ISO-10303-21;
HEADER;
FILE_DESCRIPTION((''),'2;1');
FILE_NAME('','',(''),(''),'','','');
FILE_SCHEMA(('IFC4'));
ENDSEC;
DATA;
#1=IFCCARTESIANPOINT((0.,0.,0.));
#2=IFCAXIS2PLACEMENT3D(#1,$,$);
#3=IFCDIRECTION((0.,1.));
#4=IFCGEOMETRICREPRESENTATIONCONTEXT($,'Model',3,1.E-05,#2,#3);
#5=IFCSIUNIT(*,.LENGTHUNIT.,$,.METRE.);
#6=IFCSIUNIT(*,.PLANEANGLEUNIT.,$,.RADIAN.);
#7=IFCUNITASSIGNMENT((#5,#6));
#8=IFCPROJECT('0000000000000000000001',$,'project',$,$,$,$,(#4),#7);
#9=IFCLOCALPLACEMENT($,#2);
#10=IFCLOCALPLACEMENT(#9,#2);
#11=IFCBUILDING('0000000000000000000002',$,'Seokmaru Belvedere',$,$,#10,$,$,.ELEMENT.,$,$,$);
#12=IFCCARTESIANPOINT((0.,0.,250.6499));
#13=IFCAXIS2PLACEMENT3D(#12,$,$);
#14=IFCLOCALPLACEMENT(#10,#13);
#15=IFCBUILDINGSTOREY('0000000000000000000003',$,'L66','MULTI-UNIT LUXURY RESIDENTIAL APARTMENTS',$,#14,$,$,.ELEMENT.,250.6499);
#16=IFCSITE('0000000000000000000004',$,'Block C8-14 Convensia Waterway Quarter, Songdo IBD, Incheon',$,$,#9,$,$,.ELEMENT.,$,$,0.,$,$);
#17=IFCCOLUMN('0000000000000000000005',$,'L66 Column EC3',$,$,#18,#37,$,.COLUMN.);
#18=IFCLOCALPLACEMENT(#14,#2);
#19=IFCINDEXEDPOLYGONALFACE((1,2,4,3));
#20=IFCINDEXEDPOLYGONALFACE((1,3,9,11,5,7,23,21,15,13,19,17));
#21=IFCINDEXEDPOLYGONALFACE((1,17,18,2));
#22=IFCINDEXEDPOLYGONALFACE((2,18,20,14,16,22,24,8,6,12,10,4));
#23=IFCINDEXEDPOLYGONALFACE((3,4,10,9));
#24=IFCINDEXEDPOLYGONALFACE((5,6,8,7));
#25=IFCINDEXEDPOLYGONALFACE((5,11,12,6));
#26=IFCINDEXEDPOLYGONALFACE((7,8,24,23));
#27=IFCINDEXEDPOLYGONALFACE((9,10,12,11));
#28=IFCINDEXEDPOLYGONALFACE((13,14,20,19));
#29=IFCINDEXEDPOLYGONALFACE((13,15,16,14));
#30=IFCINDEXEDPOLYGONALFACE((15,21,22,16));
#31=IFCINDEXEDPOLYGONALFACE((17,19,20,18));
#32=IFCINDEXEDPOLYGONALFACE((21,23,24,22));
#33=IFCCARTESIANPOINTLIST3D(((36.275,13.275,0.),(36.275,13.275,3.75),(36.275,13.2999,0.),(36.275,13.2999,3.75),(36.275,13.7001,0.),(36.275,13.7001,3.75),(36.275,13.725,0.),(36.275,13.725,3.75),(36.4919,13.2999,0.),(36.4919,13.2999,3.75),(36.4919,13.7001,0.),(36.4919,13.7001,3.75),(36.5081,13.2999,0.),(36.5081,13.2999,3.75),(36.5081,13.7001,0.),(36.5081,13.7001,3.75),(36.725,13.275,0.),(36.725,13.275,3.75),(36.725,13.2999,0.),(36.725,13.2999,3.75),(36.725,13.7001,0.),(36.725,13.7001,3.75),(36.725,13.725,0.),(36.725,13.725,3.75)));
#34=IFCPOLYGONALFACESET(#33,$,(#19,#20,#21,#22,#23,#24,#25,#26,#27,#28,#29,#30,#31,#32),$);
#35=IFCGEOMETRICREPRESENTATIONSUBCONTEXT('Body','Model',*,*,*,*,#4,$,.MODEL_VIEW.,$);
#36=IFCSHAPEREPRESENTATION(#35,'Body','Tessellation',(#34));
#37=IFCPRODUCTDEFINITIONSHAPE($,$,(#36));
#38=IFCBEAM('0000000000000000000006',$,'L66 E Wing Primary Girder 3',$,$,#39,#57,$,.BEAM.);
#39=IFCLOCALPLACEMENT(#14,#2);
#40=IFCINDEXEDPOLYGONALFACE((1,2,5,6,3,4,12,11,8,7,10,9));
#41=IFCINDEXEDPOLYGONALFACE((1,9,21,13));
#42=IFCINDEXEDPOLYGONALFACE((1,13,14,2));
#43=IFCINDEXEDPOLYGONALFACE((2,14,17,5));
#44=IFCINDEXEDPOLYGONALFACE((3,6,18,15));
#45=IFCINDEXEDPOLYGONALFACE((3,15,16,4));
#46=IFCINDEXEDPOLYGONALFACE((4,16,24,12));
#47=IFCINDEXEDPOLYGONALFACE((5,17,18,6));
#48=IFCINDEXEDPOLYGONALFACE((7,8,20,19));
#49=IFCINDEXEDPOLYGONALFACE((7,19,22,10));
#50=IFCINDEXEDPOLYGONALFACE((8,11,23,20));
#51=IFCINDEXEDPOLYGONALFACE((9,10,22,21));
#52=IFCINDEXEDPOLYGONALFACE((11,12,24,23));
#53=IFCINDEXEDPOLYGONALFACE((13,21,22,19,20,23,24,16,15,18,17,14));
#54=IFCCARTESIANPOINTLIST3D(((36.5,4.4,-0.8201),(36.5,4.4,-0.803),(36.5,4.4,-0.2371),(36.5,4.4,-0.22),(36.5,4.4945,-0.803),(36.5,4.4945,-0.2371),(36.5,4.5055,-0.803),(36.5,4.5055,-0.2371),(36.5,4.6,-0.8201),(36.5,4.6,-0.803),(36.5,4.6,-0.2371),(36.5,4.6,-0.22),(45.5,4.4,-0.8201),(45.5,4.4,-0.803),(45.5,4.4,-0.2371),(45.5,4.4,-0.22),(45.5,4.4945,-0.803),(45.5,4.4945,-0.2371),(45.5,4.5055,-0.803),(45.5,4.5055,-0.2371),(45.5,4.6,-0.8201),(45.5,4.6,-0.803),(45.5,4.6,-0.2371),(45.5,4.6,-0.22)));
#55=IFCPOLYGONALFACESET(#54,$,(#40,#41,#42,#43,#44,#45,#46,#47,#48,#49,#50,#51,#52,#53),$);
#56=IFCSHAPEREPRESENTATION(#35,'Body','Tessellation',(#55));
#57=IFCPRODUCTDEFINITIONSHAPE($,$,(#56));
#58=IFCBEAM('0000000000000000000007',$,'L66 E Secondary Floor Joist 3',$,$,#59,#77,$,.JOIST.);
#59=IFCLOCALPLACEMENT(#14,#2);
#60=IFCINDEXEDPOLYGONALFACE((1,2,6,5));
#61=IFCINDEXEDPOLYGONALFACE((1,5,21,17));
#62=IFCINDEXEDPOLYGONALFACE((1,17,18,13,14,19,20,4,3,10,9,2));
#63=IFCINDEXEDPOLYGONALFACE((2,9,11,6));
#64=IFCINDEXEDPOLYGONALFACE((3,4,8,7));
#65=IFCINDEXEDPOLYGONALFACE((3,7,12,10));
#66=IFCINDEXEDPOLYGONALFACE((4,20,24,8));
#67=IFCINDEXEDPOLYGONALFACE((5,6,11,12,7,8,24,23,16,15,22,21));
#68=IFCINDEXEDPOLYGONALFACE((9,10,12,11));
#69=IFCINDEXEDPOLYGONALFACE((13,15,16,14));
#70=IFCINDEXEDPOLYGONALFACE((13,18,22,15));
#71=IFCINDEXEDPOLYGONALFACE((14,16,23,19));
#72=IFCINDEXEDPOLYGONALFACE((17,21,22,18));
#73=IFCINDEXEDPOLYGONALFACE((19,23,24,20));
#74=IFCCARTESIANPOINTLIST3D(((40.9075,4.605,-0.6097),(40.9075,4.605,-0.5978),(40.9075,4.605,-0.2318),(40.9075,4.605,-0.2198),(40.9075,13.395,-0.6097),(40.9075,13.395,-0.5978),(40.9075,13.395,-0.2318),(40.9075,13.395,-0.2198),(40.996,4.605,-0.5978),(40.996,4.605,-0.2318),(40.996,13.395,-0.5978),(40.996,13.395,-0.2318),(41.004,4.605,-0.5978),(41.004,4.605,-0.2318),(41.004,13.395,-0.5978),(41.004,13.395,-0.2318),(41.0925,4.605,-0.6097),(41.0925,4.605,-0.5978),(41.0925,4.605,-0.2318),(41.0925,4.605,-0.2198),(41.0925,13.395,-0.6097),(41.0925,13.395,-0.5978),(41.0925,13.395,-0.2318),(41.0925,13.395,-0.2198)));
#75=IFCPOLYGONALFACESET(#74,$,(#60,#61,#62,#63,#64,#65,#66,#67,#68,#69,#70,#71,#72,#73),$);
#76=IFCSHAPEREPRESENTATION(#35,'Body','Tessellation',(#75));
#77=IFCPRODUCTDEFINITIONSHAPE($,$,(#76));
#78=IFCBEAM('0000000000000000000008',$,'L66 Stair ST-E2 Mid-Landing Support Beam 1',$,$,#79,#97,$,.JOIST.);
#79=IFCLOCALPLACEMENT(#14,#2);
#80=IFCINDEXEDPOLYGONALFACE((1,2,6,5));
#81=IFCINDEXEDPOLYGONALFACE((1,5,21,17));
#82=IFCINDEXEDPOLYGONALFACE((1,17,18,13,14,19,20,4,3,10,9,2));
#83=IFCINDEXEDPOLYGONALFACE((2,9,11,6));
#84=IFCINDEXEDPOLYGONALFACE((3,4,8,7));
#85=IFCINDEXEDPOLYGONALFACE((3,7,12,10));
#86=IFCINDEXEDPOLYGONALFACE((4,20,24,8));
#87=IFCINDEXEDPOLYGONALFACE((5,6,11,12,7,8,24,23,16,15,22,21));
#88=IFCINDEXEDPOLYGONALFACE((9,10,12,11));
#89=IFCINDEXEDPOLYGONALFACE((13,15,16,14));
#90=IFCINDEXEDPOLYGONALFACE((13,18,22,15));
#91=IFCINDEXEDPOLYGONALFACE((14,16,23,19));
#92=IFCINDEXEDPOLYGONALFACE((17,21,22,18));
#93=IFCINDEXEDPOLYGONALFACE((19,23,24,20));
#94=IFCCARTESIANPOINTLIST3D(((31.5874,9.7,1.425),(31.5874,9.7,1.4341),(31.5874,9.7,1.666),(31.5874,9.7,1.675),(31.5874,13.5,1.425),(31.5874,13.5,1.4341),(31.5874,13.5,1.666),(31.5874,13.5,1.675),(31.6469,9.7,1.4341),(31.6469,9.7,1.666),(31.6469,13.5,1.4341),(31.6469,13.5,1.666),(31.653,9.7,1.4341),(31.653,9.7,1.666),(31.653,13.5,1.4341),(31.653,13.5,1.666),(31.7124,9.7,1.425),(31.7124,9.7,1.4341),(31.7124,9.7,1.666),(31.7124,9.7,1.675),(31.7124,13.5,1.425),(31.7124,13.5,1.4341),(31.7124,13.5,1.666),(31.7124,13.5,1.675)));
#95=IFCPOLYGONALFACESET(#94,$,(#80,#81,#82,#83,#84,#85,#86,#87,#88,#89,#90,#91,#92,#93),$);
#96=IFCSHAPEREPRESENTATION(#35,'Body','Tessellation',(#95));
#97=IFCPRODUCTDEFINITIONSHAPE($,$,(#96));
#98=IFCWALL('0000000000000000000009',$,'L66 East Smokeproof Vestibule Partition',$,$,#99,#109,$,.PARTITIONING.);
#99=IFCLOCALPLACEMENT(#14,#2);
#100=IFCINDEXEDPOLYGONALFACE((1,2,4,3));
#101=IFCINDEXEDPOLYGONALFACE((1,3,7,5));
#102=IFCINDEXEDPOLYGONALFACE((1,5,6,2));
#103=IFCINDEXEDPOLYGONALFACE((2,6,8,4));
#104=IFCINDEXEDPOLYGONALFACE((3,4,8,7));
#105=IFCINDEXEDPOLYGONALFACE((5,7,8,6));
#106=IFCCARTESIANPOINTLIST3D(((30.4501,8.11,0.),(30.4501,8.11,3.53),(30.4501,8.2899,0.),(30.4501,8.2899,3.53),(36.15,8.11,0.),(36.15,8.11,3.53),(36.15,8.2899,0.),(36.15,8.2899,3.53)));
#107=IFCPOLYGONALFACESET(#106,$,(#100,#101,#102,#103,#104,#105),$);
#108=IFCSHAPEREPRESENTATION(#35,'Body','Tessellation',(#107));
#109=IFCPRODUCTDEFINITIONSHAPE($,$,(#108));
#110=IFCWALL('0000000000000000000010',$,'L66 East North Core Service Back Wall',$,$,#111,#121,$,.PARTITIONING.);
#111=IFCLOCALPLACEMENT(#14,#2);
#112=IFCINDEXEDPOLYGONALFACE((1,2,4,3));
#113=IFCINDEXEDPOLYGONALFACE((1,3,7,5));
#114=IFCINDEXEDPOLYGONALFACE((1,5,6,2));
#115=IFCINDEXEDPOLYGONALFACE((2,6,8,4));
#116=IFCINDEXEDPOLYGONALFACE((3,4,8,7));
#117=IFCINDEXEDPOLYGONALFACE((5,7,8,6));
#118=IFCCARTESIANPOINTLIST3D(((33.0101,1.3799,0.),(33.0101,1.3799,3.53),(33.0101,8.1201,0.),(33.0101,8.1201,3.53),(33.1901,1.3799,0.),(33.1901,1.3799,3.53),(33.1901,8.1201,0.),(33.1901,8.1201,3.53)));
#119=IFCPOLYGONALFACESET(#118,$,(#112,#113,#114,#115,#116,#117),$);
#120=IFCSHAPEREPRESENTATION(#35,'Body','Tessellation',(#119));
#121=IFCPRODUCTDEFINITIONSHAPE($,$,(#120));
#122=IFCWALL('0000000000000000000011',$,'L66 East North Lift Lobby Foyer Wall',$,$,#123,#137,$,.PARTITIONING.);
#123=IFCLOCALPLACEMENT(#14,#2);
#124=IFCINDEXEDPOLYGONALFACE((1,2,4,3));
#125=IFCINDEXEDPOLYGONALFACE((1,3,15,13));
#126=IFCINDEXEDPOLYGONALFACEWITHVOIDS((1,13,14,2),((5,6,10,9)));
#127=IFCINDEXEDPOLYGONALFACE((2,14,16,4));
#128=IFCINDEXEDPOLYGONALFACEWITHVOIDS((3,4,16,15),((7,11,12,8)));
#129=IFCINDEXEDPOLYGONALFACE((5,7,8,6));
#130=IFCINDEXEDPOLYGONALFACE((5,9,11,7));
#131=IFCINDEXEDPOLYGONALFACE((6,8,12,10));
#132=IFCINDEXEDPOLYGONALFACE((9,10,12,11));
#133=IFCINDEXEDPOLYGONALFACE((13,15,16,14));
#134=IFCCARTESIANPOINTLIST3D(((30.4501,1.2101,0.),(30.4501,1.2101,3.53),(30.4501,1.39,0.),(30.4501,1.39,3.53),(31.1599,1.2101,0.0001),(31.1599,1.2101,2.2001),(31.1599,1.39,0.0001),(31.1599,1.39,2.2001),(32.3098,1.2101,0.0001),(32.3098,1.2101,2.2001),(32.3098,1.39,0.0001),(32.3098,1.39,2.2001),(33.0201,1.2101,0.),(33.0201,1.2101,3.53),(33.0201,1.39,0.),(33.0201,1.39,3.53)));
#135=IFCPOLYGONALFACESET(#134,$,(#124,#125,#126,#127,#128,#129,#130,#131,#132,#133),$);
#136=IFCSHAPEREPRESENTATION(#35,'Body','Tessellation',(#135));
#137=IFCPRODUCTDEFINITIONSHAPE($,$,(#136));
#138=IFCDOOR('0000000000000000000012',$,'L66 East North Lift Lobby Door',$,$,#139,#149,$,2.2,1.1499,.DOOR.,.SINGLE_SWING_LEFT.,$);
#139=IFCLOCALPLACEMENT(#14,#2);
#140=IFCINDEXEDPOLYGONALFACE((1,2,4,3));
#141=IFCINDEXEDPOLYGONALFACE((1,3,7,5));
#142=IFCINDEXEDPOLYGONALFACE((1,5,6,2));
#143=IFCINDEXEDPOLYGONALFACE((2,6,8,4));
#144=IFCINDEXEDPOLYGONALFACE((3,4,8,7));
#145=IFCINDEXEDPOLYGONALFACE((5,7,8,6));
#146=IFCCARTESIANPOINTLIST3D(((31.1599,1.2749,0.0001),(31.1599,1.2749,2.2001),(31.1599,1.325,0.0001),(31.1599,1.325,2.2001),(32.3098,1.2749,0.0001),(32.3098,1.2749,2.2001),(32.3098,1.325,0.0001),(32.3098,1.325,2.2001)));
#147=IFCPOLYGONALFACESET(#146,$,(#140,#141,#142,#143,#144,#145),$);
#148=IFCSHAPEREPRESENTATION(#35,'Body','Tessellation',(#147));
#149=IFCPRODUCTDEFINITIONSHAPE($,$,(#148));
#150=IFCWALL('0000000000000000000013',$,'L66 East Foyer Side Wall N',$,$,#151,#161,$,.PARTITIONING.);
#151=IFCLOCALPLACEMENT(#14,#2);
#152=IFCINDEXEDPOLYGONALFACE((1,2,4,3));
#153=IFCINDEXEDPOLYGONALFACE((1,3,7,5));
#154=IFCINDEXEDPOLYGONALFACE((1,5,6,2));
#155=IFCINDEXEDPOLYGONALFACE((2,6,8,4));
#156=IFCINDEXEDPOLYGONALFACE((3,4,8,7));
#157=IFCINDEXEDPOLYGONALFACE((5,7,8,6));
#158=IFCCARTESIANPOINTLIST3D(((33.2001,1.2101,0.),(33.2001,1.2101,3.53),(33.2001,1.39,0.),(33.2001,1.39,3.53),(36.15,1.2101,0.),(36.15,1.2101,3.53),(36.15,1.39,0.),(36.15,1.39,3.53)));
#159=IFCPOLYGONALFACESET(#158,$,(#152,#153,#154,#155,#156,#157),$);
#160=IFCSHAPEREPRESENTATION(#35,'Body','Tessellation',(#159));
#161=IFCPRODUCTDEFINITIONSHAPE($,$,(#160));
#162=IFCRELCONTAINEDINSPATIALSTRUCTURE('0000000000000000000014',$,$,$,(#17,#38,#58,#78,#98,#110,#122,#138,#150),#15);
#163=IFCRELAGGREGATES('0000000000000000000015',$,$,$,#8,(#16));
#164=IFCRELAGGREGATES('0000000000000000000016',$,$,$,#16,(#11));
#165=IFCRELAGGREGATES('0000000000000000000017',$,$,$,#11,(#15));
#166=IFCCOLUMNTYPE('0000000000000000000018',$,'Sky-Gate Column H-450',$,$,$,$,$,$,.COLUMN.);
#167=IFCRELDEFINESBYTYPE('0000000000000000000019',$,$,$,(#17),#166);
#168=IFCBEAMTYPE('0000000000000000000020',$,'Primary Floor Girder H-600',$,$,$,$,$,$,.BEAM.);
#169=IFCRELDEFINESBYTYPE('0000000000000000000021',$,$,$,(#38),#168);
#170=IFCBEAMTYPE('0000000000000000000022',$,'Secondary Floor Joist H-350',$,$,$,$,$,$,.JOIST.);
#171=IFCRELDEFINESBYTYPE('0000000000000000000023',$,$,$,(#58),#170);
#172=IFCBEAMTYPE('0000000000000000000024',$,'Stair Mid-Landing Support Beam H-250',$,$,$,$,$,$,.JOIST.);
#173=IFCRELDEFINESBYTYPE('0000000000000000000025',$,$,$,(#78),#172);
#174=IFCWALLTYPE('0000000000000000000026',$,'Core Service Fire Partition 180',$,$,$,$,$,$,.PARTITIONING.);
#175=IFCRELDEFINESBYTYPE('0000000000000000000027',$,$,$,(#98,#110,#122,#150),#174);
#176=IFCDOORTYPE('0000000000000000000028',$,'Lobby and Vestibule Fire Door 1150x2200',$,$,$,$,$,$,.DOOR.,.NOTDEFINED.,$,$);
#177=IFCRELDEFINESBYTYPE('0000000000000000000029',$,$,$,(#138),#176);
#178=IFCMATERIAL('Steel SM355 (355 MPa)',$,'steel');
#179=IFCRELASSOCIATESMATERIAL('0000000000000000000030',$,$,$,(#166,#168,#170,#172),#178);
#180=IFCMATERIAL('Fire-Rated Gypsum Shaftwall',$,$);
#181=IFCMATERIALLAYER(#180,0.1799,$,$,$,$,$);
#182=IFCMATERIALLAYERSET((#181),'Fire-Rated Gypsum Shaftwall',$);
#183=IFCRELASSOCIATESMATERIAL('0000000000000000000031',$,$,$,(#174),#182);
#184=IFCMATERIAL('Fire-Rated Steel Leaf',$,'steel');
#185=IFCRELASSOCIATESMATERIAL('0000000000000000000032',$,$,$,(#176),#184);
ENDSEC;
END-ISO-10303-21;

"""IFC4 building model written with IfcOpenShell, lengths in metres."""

from ifc_helpers import new_model, si_unit, direction, frame, frame_2d, origin, origin_2d, place, context, subcontext, project, spatial, rectangle, i_section, extrude, source, transform, mapped, material, layer, layer_set, material_profile, profile_set, type_object, type_shapes, element, fill, save


model = new_model("IFC4")

# Units and contexts
model_context = context("Model", 3, precision=1e-05, world=origin(), true_north=direction((0.0, 1.0)))
body_context = subcontext(model_context, "Body", "Model", "MODEL_VIEW")
ifc_project = project(units=[si_unit("LENGTHUNIT", "METRE"), si_unit("PLANEANGLEUNIT", "RADIAN")], contexts=[model_context])

# Site, building, storey
site_placement = place(None, origin())
site = spatial("IfcSite", under=ifc_project, at=site_placement, Name="Block C8-14 Convensia Waterway Quarter, Songdo IBD, Incheon", CompositionType="ELEMENT", RefElevation=0.0)
building_placement = place(site_placement, origin())
building = spatial("IfcBuilding", under=site, at=building_placement, Name="Seokmaru Belvedere", CompositionType="ELEMENT")
storey_placement = place(building_placement, frame((0.0, 0.0, 250.6499)))
storey = spatial("IfcBuildingStorey", under=building, at=storey_placement, Name="L66", Description="MULTI-UNIT LUXURY RESIDENTIAL APARTMENTS", CompositionType="ELEMENT", Elevation=250.6499)

# Column
ifc_material_1 = material(Name="Steel SM355 (355 MPa)", Category="steel")
ifc_material_profile_1 = material_profile(ifc_material_1, i_section(OverallWidth=0.45, OverallDepth=0.45, WebThickness=0.0161, FlangeThickness=0.0249, at=origin_2d()), Name="H-450x450x16x25")
ifc_profile_set_1 = profile_set([ifc_material_profile_1], Name="Steel SM355 (355 MPa)")
column_type = type_object("IfcColumnType", Name="Sky-Gate Column H-450", PredefinedType="COLUMN", material=ifc_profile_set_1)
shared_shape_1 = source(origin(), body_context, "Body", "SweptSolid", [
    extrude(i_section(OverallWidth=0.45, OverallDepth=0.45, WebThickness=0.0161, FlangeThickness=0.0249, at=origin_2d()), origin(), (0.0, 0.0, 1.0), 3.75),
])
type_shapes(column_type, [shared_shape_1])
column_placement = place(storey_placement, frame((36.5, 13.5, 0.0), z_axis=(0.0, 0.0, 1.0), x_axis=(1.0, 0.0, 0.0)))
element("IfcColumn", 1, at=column_placement, inside=storey, type_object=column_type, Name="L66 Column EC3", PredefinedType="COLUMN", context=body_context, shape_type="MappedRepresentation", body=[
    mapped(shared_shape_1, transform((0.0, 0.0, 0.0), scale=1.0)),
])

# Beams
ifc_material_profile_2 = material_profile(ifc_material_1, i_section(OverallWidth=0.2, OverallDepth=0.6001, WebThickness=0.011, FlangeThickness=0.0171, at=origin_2d()), Name="H-600x200x11x17")
ifc_profile_set_2 = profile_set([ifc_material_profile_2], Name="Steel SM355 (355 MPa)")
beam_type_1 = type_object("IfcBeamType", Name="Primary Floor Girder H-600", PredefinedType="BEAM", material=ifc_profile_set_2)
shared_shape_2 = source(origin(), body_context, "Body", "SweptSolid", [
    extrude(i_section(OverallWidth=0.2, OverallDepth=0.6001, WebThickness=0.011, FlangeThickness=0.0171, at=origin_2d()), origin(), (0.0, 0.0, 1.0), 9.0),
])
type_shapes(beam_type_1, [shared_shape_2])
beam_1_placement = place(storey_placement, frame((36.5, 4.5, -0.52), z_axis=(1.0, 0.0, 0.0), x_axis=(0.0, 1.0, 0.0)))
element("IfcBeam", 2, at=beam_1_placement, inside=storey, type_object=beam_type_1, Name="L66 E Wing Primary Girder 3", PredefinedType="BEAM", context=body_context, shape_type="MappedRepresentation", body=[
    mapped(shared_shape_2, transform((0.0, 0.0, 0.0), scale=1.0)),
])
ifc_material_profile_3 = material_profile(ifc_material_1, i_section(OverallWidth=0.1851, OverallDepth=0.3899, WebThickness=0.0081, FlangeThickness=0.012, at=origin_2d()), Name="H-390x185x8x12")
ifc_profile_set_3 = profile_set([ifc_material_profile_3], Name="Steel SM355 (355 MPa)")
beam_type_2 = type_object("IfcBeamType", Name="Secondary Floor Joist H-350", PredefinedType="JOIST", material=ifc_profile_set_3)
shared_shape_3 = source(origin(), body_context, "Body", "SweptSolid", [
    extrude(i_section(OverallWidth=0.1851, OverallDepth=0.3899, WebThickness=0.0081, FlangeThickness=0.012, at=origin_2d()), origin(), (0.0, 0.0, 1.0), 8.79),
])
type_shapes(beam_type_2, [shared_shape_3])
beam_2_placement = place(storey_placement, frame((41.0, 4.605, -0.4148), z_axis=(0.0, 1.0, 0.0), x_axis=(-1.0, 0.0, 0.0)))
element("IfcBeam", 3, at=beam_2_placement, inside=storey, type_object=beam_type_2, Name="L66 E Secondary Floor Joist 3", PredefinedType="JOIST", context=body_context, shape_type="MappedRepresentation", body=[
    mapped(shared_shape_3, transform((0.0, 0.0, 0.0), scale=1.0)),
])
ifc_material_profile_4 = material_profile(ifc_material_1, i_section(OverallWidth=0.125, OverallDepth=0.25, WebThickness=0.0061, FlangeThickness=0.009, at=origin_2d()), Name="H-250x125x6x9")
ifc_profile_set_4 = profile_set([ifc_material_profile_4], Name="Steel SM355 (355 MPa)")
beam_type_3 = type_object("IfcBeamType", Name="Stair Mid-Landing Support Beam H-250", PredefinedType="JOIST", material=ifc_profile_set_4)
shared_shape_4 = source(origin(), body_context, "Body", "SweptSolid", [
    extrude(i_section(OverallWidth=0.125, OverallDepth=0.25, WebThickness=0.0061, FlangeThickness=0.009, at=origin_2d()), origin(), (0.0, 0.0, 1.0), 3.8),
])
type_shapes(beam_type_3, [shared_shape_4])
beam_3_placement = place(storey_placement, frame((31.6499, 9.7, 1.55), z_axis=(0.0, 1.0, 0.0), x_axis=(-1.0, 0.0, 0.0)))
element("IfcBeam", 4, at=beam_3_placement, inside=storey, type_object=beam_type_3, Name="L66 Stair ST-E2 Mid-Landing Support Beam 1", PredefinedType="JOIST", context=body_context, shape_type="MappedRepresentation", body=[
    mapped(shared_shape_4, transform((0.0, 0.0, 0.0), scale=1.0)),
])

# Shared definitions
ifc_material_2 = material(Name="Fire-Rated Gypsum Shaftwall")

# Walls
ifc_layer_1 = layer(ifc_material_2, 0.1799)
ifc_layer_set_1 = layer_set([ifc_layer_1], Name="Fire-Rated Gypsum Shaftwall")
wall_type_1 = type_object("IfcWallType", Name="Core Service Fire Partition 180", PredefinedType="PARTITIONING", material=ifc_layer_set_1)
wall_1_placement = place(storey_placement, frame((30.45, 8.2, 0.0), z_axis=(0.0, 0.0, 1.0), x_axis=(1.0, 0.0, 0.0)))
element("IfcWall", 5, at=wall_1_placement, inside=storey, type_object=wall_type_1, Name="L66 East Smokeproof Vestibule Partition", PredefinedType="PARTITIONING", context=body_context, shape_type="SweptSolid", body=[
    extrude(rectangle(XDim=5.7, YDim=0.1799, at=frame_2d((2.8501, 0.0))), origin(), (0.0, 0.0, 1.0), 3.53),
])
wall_2_placement = place(storey_placement, frame((33.1001, 1.3799, 0.0), z_axis=(0.0, 0.0, 1.0), x_axis=(0.0, 1.0, 0.0)))
element("IfcWall", 6, at=wall_2_placement, inside=storey, type_object=wall_type_1, Name="L66 East North Core Service Back Wall", PredefinedType="PARTITIONING", context=body_context, shape_type="SweptSolid", body=[
    extrude(rectangle(XDim=6.7402, YDim=0.1799, at=frame_2d((3.3701, 0.0))), origin(), (0.0, 0.0, 1.0), 3.53),
])

# Wall, opening, door
wall_3_placement = place(storey_placement, frame((30.45, 1.3, 0.0), z_axis=(0.0, 0.0, 1.0), x_axis=(1.0, 0.0, 0.0)))
wall_3 = element("IfcWall", 7, at=wall_3_placement, inside=storey, type_object=wall_type_1, Name="L66 East North Lift Lobby Foyer Wall", PredefinedType="PARTITIONING", context=body_context, shape_type="SweptSolid", body=[
    extrude(rectangle(XDim=2.5701, YDim=0.1799, at=frame_2d((1.2852, 0.0))), origin(), (0.0, 0.0, 1.0), 3.53),
])
opening_1_placement = place(wall_3_placement, frame((0.71, 0.0, 0.0)))
opening_1 = element("IfcOpeningElement", 8, at=opening_1_placement, cuts=wall_3, PredefinedType="OPENING", context=body_context, shape_type="SweptSolid", body=[
    extrude(rectangle(XDim=1.1499, YDim=2.2, at=frame_2d((0.575, 1.1001))), frame((0.0, 0.1001, 0.0), z_axis=(0.0, -1.0, 0.0), x_axis=(1.0, 0.0, 0.0)), (0.0, 0.0, 1.0), 0.2),
])
ifc_material_3 = material(Name="Fire-Rated Steel Leaf", Category="steel")
door_type_1 = type_object("IfcDoorType", Name="Lobby and Vestibule Fire Door 1150x2200", OperationType="NOTDEFINED", PredefinedType="DOOR", material=ifc_material_3)
shared_shape_5 = source(origin(), body_context, "Body", "SweptSolid", [
    extrude(rectangle(XDim=1.1499, YDim=2.2, at=frame_2d((0.575, 1.1001))), frame((0.0, 0.0249, 0.0), z_axis=(0.0, -1.0, 0.0), x_axis=(1.0, 0.0, 0.0)), (0.0, 0.0, 1.0), 0.05),
])
type_shapes(door_type_1, [shared_shape_5])
door_1_placement = place(opening_1_placement, origin())
door_1 = element("IfcDoor", 9, at=door_1_placement, inside=storey, type_object=door_type_1, Name="L66 East North Lift Lobby Door", OperationType="SINGLE_SWING_LEFT", OverallHeight=2.2, OverallWidth=1.1499, PredefinedType="DOOR", context=body_context, shape_type="MappedRepresentation", body=[
    mapped(shared_shape_5, transform((0.0, 0.0, 0.0), scale=1.0)),
])
fill(opening_1, door_1)

# Wall
wall_4_placement = place(storey_placement, frame((33.2, 1.3, 0.0), z_axis=(0.0, 0.0, 1.0), x_axis=(1.0, 0.0, 0.0)))
element("IfcWall", 10, at=wall_4_placement, inside=storey, type_object=wall_type_1, Name="L66 East Foyer Side Wall N", PredefinedType="PARTITIONING", context=body_context, shape_type="SweptSolid", body=[
    extrude(rectangle(XDim=2.95, YDim=0.1799, at=frame_2d((1.4751, 0.0))), origin(), (0.0, 0.0, 1.0), 3.53),
])

save(model, "model.ifc")
